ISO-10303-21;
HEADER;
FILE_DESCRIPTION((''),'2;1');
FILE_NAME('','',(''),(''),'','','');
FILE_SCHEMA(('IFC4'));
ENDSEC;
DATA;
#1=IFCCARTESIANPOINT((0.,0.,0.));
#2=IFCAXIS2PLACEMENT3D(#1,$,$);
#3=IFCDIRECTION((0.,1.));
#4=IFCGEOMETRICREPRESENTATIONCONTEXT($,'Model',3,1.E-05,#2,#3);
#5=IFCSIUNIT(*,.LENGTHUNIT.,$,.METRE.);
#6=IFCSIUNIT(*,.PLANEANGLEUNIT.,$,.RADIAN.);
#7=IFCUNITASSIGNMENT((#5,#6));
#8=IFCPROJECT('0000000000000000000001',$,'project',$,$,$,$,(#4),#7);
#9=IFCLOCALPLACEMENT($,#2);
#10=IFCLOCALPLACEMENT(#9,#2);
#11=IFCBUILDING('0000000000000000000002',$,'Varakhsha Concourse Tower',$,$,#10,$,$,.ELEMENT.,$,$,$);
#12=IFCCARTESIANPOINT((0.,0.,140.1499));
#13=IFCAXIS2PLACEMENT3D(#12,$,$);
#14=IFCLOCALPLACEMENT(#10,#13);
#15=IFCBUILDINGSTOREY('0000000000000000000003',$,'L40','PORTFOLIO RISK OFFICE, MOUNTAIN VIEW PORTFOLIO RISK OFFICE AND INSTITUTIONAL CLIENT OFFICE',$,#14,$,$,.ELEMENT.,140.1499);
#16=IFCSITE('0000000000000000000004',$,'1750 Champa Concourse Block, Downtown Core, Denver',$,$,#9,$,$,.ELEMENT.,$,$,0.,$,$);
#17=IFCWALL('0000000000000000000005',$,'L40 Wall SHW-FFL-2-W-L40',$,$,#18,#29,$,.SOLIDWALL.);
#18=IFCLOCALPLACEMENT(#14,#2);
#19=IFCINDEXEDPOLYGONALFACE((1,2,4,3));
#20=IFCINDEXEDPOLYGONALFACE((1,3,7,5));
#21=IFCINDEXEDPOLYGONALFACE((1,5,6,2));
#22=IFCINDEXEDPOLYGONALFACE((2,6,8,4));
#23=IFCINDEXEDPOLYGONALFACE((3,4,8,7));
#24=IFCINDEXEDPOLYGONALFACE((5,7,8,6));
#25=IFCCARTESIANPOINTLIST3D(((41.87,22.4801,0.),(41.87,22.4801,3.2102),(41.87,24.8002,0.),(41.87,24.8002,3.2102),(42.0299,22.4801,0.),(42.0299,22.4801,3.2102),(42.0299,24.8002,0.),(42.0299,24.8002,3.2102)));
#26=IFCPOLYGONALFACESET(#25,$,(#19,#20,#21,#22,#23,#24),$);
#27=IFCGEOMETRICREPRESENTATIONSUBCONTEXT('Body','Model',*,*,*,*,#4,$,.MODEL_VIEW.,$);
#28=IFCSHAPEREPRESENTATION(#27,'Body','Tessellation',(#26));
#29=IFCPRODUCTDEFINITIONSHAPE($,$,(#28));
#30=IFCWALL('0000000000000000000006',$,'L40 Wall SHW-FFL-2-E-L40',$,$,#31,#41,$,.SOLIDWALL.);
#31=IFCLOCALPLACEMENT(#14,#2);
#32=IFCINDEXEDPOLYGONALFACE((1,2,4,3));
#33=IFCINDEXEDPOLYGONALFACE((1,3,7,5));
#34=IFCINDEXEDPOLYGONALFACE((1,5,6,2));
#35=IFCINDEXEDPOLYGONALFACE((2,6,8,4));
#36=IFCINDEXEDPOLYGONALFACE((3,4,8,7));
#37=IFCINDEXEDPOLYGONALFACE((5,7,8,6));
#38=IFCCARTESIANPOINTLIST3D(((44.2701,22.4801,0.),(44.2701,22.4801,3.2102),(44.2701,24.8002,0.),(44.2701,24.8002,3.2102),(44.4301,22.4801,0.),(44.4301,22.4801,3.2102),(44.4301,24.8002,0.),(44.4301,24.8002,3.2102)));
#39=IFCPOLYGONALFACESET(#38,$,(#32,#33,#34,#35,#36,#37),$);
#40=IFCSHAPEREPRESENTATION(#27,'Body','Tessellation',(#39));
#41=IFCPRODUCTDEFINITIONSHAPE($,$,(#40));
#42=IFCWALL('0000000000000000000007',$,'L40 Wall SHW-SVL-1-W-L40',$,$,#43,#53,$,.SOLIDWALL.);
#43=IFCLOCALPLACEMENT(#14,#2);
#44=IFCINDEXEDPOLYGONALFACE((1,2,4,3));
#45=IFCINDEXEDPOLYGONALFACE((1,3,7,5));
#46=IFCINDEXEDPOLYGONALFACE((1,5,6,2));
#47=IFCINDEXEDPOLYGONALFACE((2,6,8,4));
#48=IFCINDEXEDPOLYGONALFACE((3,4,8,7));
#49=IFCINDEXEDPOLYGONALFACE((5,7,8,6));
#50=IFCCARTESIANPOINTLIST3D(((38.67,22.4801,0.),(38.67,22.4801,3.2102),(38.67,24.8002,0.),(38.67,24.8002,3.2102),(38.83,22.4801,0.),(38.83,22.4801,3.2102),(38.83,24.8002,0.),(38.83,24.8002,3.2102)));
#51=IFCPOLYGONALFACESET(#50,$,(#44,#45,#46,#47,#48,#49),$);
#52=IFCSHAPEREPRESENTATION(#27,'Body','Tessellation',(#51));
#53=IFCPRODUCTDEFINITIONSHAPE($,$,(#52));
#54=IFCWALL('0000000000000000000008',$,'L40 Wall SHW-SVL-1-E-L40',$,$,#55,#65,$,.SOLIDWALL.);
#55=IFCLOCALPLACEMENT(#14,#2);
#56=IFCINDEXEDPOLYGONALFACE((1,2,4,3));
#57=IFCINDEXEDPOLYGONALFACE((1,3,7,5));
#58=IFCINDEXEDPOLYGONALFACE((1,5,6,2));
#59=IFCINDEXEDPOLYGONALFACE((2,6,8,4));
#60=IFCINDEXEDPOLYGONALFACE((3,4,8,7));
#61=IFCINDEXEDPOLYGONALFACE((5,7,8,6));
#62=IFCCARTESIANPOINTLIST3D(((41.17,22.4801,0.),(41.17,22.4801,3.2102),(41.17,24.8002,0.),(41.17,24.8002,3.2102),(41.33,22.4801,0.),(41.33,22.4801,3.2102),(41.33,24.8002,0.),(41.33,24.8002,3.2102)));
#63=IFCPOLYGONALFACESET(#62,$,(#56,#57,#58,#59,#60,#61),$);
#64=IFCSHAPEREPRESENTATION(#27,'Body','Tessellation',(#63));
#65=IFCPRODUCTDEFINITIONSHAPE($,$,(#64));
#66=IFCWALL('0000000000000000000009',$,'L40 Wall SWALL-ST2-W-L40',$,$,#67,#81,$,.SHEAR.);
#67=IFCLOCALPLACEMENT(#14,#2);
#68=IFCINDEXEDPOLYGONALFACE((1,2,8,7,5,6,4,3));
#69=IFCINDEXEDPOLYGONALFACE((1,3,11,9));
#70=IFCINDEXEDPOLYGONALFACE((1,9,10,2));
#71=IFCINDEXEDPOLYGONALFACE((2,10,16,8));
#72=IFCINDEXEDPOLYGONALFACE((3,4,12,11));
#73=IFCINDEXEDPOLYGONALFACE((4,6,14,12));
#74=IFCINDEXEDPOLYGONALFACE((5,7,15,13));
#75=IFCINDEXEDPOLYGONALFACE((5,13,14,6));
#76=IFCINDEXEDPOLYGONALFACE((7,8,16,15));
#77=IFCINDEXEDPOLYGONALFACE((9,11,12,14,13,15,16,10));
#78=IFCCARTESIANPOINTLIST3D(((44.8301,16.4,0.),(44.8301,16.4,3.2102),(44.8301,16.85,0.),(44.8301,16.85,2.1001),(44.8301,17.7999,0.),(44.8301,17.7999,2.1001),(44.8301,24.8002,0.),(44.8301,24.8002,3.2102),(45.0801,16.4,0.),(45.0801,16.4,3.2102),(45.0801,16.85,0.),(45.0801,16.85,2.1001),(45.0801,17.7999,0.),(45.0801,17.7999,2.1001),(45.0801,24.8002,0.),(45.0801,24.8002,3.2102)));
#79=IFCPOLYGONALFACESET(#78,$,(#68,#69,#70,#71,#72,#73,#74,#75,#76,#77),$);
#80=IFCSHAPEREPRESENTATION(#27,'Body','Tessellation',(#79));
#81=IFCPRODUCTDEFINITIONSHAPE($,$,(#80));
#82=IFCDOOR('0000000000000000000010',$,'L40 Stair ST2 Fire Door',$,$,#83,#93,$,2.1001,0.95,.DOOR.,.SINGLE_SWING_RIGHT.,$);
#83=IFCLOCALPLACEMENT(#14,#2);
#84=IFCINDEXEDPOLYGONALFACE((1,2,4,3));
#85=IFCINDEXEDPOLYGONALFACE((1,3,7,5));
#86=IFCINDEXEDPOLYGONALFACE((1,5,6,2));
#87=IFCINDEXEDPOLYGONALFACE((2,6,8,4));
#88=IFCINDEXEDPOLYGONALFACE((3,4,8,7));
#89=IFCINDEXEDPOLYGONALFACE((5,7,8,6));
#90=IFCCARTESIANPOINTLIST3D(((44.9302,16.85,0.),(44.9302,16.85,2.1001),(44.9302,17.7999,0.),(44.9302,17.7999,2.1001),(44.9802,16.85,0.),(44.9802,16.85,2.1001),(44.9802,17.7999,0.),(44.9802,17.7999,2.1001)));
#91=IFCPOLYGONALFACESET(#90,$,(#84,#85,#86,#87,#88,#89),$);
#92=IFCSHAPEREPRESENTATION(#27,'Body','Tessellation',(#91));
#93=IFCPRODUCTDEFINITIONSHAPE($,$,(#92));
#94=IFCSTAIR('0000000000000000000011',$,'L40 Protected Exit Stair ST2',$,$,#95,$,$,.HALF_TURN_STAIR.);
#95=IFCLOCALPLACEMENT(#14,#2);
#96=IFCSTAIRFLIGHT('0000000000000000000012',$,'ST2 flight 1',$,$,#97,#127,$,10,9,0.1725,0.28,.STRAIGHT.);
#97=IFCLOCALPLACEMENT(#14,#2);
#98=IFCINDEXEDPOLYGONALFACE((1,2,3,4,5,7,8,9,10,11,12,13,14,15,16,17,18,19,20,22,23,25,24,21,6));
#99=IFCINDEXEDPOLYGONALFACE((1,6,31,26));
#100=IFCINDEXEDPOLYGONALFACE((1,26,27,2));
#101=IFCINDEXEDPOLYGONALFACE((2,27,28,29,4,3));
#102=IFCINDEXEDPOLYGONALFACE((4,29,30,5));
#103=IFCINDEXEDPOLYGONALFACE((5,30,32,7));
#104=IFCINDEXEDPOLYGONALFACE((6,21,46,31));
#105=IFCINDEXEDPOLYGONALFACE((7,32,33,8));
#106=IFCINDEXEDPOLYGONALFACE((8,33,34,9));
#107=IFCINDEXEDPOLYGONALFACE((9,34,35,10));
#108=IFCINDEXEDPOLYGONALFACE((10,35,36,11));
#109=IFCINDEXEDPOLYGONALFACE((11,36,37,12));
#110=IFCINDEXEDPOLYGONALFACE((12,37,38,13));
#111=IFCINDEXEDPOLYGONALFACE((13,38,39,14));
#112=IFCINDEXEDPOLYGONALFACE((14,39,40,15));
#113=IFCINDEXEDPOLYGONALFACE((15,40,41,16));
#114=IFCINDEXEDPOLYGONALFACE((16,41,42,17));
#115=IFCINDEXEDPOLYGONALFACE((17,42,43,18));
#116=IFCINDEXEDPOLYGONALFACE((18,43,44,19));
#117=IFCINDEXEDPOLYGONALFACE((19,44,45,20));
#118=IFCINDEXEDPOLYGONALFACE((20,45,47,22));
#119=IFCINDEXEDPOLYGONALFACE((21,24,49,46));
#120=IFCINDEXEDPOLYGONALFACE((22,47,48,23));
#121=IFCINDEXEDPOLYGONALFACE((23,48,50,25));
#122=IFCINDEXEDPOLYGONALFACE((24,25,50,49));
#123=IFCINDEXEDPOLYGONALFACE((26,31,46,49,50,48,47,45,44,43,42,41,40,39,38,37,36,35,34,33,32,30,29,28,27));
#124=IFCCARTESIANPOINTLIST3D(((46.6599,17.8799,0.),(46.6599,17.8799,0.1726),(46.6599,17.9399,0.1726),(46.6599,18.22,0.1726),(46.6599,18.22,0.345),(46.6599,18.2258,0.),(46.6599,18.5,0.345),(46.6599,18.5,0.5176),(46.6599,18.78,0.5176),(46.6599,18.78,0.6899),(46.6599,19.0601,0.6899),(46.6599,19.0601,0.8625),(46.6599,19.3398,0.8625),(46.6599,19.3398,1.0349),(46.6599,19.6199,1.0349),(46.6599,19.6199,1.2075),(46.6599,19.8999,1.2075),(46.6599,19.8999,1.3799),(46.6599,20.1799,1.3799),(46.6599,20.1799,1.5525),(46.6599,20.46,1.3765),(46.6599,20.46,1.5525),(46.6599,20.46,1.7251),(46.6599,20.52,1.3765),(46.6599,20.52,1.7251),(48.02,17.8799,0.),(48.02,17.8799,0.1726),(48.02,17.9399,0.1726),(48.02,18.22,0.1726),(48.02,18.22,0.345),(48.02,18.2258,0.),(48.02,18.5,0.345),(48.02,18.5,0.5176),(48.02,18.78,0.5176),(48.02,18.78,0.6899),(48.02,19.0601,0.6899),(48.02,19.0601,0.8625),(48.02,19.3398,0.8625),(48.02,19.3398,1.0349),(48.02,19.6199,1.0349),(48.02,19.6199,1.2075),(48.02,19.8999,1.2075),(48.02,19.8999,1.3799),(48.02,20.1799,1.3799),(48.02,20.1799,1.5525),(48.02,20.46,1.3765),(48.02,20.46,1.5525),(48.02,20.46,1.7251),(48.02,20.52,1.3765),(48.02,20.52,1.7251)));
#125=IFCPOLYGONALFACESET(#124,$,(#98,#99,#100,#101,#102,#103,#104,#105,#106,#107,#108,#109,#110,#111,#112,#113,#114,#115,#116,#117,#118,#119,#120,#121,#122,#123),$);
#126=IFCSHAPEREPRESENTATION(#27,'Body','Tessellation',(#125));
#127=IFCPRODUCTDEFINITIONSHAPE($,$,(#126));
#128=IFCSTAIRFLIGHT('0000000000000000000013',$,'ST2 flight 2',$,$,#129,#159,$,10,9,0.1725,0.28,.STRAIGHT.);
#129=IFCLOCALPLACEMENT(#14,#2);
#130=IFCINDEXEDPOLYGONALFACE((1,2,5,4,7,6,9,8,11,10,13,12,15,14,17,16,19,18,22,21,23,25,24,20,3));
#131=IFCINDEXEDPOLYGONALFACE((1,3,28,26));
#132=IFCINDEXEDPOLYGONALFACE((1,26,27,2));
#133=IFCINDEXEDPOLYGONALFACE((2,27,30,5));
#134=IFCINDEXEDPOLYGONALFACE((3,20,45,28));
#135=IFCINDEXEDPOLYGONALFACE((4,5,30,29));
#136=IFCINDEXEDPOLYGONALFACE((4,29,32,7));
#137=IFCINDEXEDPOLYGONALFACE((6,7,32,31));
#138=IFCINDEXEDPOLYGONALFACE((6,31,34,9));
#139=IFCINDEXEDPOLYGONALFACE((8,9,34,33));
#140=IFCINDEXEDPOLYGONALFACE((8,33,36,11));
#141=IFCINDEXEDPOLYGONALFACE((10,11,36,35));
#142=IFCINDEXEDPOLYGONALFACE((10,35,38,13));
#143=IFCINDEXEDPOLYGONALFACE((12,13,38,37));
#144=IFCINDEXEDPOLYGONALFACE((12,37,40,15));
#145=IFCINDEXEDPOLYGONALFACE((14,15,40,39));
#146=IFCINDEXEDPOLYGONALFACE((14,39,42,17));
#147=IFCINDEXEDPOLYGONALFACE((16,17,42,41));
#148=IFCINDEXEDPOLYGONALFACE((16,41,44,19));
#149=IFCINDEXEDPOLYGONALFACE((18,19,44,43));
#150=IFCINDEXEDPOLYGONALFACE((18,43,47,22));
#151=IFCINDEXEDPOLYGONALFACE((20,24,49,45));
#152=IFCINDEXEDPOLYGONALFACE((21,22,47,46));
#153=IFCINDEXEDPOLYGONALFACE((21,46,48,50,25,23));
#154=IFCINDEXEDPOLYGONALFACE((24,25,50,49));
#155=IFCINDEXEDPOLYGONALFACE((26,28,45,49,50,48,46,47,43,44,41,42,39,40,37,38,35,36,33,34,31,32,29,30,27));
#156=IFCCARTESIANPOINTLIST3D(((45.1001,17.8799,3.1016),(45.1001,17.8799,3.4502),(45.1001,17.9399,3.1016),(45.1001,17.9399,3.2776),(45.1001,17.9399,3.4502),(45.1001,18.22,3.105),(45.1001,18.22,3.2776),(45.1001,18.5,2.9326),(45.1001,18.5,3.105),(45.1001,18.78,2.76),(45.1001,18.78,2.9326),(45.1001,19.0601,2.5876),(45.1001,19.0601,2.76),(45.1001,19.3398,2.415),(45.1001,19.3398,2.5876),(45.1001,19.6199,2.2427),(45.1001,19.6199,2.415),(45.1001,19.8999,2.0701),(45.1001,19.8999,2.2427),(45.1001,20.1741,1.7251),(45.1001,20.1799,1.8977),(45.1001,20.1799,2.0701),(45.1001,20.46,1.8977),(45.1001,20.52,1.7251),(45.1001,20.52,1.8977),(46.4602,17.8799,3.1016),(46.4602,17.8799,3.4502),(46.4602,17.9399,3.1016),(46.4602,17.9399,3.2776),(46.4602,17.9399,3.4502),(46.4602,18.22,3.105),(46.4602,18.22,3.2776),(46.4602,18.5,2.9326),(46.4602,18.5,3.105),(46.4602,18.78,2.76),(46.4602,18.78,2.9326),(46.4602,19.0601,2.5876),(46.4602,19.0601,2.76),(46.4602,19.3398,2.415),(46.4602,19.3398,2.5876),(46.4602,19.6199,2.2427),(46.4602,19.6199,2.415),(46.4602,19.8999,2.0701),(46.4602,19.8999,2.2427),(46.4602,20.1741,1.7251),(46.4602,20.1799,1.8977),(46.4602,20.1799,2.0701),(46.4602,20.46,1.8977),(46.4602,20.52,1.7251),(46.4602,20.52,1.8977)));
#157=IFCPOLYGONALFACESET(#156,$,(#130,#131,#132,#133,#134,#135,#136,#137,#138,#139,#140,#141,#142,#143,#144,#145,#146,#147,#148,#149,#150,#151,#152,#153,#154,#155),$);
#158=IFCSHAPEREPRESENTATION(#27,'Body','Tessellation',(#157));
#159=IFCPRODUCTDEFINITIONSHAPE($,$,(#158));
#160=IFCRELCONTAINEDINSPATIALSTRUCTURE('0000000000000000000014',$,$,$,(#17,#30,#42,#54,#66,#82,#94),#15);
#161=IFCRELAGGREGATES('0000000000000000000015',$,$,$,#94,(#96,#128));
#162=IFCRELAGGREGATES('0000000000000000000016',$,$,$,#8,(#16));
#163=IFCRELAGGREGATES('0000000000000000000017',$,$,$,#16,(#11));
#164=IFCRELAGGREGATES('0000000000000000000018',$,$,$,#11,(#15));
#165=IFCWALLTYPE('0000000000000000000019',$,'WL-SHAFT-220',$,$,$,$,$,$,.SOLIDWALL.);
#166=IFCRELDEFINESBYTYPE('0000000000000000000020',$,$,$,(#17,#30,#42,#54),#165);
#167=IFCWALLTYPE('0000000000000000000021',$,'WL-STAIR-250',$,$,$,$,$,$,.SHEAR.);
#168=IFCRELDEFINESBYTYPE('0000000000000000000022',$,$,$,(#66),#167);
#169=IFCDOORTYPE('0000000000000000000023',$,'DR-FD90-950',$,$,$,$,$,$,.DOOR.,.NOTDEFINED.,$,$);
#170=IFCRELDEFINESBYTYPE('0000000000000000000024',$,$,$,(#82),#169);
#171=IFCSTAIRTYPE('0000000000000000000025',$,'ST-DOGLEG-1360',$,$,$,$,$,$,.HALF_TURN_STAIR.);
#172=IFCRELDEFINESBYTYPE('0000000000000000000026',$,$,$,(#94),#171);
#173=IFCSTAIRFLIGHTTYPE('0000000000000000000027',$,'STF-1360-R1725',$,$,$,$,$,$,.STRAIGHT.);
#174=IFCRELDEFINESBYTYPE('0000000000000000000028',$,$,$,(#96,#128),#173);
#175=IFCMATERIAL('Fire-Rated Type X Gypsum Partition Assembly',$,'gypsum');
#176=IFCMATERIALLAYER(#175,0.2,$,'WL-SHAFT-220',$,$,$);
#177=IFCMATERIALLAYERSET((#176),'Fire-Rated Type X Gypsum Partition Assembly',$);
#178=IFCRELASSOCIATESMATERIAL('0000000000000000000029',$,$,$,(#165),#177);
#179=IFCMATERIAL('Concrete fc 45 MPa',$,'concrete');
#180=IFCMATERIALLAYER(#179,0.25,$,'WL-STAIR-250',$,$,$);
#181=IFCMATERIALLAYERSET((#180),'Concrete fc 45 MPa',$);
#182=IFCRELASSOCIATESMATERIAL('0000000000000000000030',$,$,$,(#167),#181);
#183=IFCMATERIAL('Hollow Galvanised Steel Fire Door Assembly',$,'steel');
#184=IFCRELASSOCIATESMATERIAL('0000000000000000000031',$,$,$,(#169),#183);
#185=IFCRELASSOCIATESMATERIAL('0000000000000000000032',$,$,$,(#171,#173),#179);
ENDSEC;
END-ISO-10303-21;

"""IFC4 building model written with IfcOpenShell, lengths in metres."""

from ifc_helpers import new_model, si_unit, direction, frame, frame_2d, origin, place, context, subcontext, project, spatial, polyline, rectangle, outline, extrude, material, layer, layer_set, type_object, element, fill, aggregate, save


model = new_model("IFC4")

# Units and contexts
model_context = context("Model", 3, precision=1e-05, world=origin(), true_north=direction((0.0, 1.0)))
body_context = subcontext(model_context, "Body", "Model", "MODEL_VIEW")
ifc_project = project(units=[si_unit("LENGTHUNIT", "METRE"), si_unit("PLANEANGLEUNIT", "RADIAN")], contexts=[model_context])

# Site, building, storey
site_placement = place(None, origin())
site = spatial("IfcSite", under=ifc_project, at=site_placement, Name="1750 Champa Concourse Block, Downtown Core, Denver", CompositionType="ELEMENT", RefElevation=0.0)
building_placement = place(site_placement, origin())
building = spatial("IfcBuilding", under=site, at=building_placement, Name="Varakhsha Concourse Tower", CompositionType="ELEMENT")
storey_placement = place(building_placement, frame((0.0, 0.0, 140.1499)))
storey = spatial("IfcBuildingStorey", under=building, at=storey_placement, Name="L40", Description="PORTFOLIO RISK OFFICE, MOUNTAIN VIEW PORTFOLIO RISK OFFICE AND INSTITUTIONAL CLIENT OFFICE", CompositionType="ELEMENT", Elevation=140.1499)

# Shared definitions
ifc_material_1 = material(Name="Fire-Rated Type X Gypsum Partition Assembly", Category="gypsum")
ifc_material_2 = material(Name="Hollow Galvanised Steel Fire Door Assembly", Category="steel")

# Walls
ifc_layer_1 = layer(ifc_material_1, 0.2, Name="WL-SHAFT-220")
ifc_layer_set_1 = layer_set([ifc_layer_1], Name="Fire-Rated Type X Gypsum Partition Assembly")
wall_type_1 = type_object("IfcWallType", Name="WL-SHAFT-220", PredefinedType="SOLIDWALL", material=ifc_layer_set_1)
for number, where, z_axis, x_axis, name in (
    (1, (41.95, 22.48, 0.0), (0.0, 0.0, 1.0), (0.0, 1.0, 0.0), "L40 Wall SHW-FFL-2-W-L40"),
    (2, (44.3501, 22.48, 0.0), (0.0, 0.0, 1.0), (0.0, 1.0, 0.0), "L40 Wall SHW-FFL-2-E-L40"),
    (3, (38.75, 22.48, 0.0), (0.0, 0.0, 1.0), (0.0, 1.0, 0.0), "L40 Wall SHW-SVL-1-W-L40"),
    (4, (41.25, 22.48, 0.0), (0.0, 0.0, 1.0), (0.0, 1.0, 0.0), "L40 Wall SHW-SVL-1-E-L40"),
):
    element("IfcWall", number, at=place(storey_placement, frame(where, z_axis=z_axis, x_axis=x_axis)), inside=storey, type_object=wall_type_1, Name=name, PredefinedType="SOLIDWALL", context=body_context, shape_type="SweptSolid", body=[
        extrude(rectangle(XDim=2.3201, YDim=0.1599, at=frame_2d((1.1602, 0.0))), origin(), (0.0, 0.0, 1.0), 3.2102),
    ])

# Wall, opening, door
ifc_material_3 = material(Name="Concrete fc 45 MPa", Category="concrete")
ifc_layer_2 = layer(ifc_material_3, 0.25, Name="WL-STAIR-250")
ifc_layer_set_2 = layer_set([ifc_layer_2], Name="Concrete fc 45 MPa")
wall_type_2 = type_object("IfcWallType", Name="WL-STAIR-250", PredefinedType="SHEAR", material=ifc_layer_set_2)
wall_1_placement = place(storey_placement, frame((44.9551, 16.3999, 0.0), z_axis=(0.0, 0.0, 1.0), x_axis=(0.0, 1.0, 0.0)))
wall_1 = element("IfcWall", 5, at=wall_1_placement, inside=storey, type_object=wall_type_2, Name="L40 Wall SWALL-ST2-W-L40", PredefinedType="SHEAR", context=body_context, shape_type="SweptSolid", body=[
    extrude(rectangle(XDim=8.4001, YDim=0.25, at=frame_2d((4.2002, 0.0))), origin(), (0.0, 0.0, 1.0), 3.2102),
])
opening_1_placement = place(wall_1_placement, frame((0.45, 0.0, 0.0)))
opening_1 = element("IfcOpeningElement", 6, at=opening_1_placement, cuts=wall_1, PredefinedType="OPENING", context=body_context, shape_type="SweptSolid", body=[
    extrude(rectangle(XDim=0.95, YDim=2.1001, at=frame_2d((0.4751, 1.05))), frame((0.0, 0.135, 0.0), z_axis=(0.0, -1.0, 0.0), x_axis=(1.0, 0.0, 0.0)), (0.0, 0.0, 1.0), 0.27),
])
door_type_1 = type_object("IfcDoorType", Name="DR-FD90-950", OperationType="NOTDEFINED", PredefinedType="DOOR", material=ifc_material_2)
door_1_placement = place(opening_1_placement, origin())
door_1 = element("IfcDoor", 7, at=door_1_placement, inside=storey, type_object=door_type_1, Name="L40 Stair ST2 Fire Door", OperationType="SINGLE_SWING_RIGHT", OverallHeight=2.1001, OverallWidth=0.95, PredefinedType="DOOR", context=body_context, shape_type="SweptSolid", body=[
    extrude(rectangle(XDim=0.95, YDim=2.1001, at=frame_2d((0.4751, 1.05))), frame((0.0, 0.0249, 0.0), z_axis=(0.0, -1.0, 0.0), x_axis=(1.0, 0.0, 0.0)), (0.0, 0.0, 1.0), 0.05),
])
fill(opening_1, door_1)

# Stair, stair flights
stair_type = type_object("IfcStairType", Name="ST-DOGLEG-1360", PredefinedType="HALF_TURN_STAIR", material=ifc_material_3)
stair_placement = place(storey_placement, origin())
stair = element("IfcStair", 8, at=stair_placement, inside=storey, type_object=stair_type, Name="L40 Protected Exit Stair ST2", PredefinedType="HALF_TURN_STAIR")
stair_flight_type = type_object("IfcStairFlightType", Name="STF-1360-R1725", PredefinedType="STRAIGHT", material=ifc_material_3)
stair_flight_1_placement = place(storey_placement, frame((47.3401, 17.9399, 0.0), z_axis=(0.0, 0.0, 1.0), x_axis=(0.0, 1.0, 0.0)))
stair_flight_1 = element("IfcStairFlight", 9, at=stair_flight_1_placement, type_object=stair_flight_type, Name="ST2 flight 1", NumberOfRisers=10, NumberOfTreads=9, PredefinedType="STRAIGHT", RiserHeight=0.1725, TreadLength=0.28, context=body_context, shape_type="SweptSolid", body=[
    extrude(outline(polyline([(-0.0601, 0.0), (-0.0601, 0.1726), (0.0, 0.1726), (0.28, 0.1726), (0.28, 0.345), (0.5601, 0.345), (0.5601, 0.5176), (0.8401, 0.5176), (0.8401, 0.6899), (1.1201, 0.6899), (1.1201, 0.8625), (1.3999, 0.8625), (1.3999, 1.0349), (1.6799, 1.0349), (1.6799, 1.2075), (1.96, 1.2075), (1.96, 1.3799), (2.24, 1.3799), (2.24, 1.5525), (2.52, 1.5525), (2.52, 1.7251), (2.5801, 1.7251), (2.5801, 1.3765), (2.52, 1.3765), (0.2859, 0.0), (-0.0601, 0.0)])), frame((0.0, 0.6802, 0.0), z_axis=(0.0, -1.0, 0.0), x_axis=(1.0, 0.0, 0.0)), (0.0, 0.0, 1.0), 1.3601),
])
stair_flight_2_placement = place(storey_placement, frame((45.78, 20.46, 1.7251), z_axis=(0.0, 0.0, 1.0), x_axis=(0.0, -1.0, 0.0)))
stair_flight_2 = element("IfcStairFlight", 10, at=stair_flight_2_placement, type_object=stair_flight_type, Name="ST2 flight 2", NumberOfRisers=10, NumberOfTreads=9, PredefinedType="STRAIGHT", RiserHeight=0.1725, TreadLength=0.28, context=body_context, shape_type="SweptSolid", body=[
    extrude(outline(polyline([(-0.0601, 0.0), (-0.0601, 0.1726), (0.0, 0.1726), (0.28, 0.1726), (0.28, 0.345), (0.5601, 0.345), (0.5601, 0.5176), (0.8401, 0.5176), (0.8401, 0.6899), (1.1201, 0.6899), (1.1201, 0.8625), (1.3999, 0.8625), (1.3999, 1.0349), (1.6799, 1.0349), (1.6799, 1.2075), (1.96, 1.2075), (1.96, 1.3799), (2.24, 1.3799), (2.24, 1.5525), (2.52, 1.5525), (2.52, 1.7251), (2.5801, 1.7251), (2.5801, 1.3765), (2.52, 1.3765), (0.2859, 0.0), (-0.0601, 0.0)])), frame((0.0, 0.6802, 0.0), z_axis=(0.0, -1.0, 0.0), x_axis=(1.0, 0.0, 0.0)), (0.0, 0.0, 1.0), 1.3601),
])
aggregate(stair, [stair_flight_1, stair_flight_2])

save(model, "model.ifc")
